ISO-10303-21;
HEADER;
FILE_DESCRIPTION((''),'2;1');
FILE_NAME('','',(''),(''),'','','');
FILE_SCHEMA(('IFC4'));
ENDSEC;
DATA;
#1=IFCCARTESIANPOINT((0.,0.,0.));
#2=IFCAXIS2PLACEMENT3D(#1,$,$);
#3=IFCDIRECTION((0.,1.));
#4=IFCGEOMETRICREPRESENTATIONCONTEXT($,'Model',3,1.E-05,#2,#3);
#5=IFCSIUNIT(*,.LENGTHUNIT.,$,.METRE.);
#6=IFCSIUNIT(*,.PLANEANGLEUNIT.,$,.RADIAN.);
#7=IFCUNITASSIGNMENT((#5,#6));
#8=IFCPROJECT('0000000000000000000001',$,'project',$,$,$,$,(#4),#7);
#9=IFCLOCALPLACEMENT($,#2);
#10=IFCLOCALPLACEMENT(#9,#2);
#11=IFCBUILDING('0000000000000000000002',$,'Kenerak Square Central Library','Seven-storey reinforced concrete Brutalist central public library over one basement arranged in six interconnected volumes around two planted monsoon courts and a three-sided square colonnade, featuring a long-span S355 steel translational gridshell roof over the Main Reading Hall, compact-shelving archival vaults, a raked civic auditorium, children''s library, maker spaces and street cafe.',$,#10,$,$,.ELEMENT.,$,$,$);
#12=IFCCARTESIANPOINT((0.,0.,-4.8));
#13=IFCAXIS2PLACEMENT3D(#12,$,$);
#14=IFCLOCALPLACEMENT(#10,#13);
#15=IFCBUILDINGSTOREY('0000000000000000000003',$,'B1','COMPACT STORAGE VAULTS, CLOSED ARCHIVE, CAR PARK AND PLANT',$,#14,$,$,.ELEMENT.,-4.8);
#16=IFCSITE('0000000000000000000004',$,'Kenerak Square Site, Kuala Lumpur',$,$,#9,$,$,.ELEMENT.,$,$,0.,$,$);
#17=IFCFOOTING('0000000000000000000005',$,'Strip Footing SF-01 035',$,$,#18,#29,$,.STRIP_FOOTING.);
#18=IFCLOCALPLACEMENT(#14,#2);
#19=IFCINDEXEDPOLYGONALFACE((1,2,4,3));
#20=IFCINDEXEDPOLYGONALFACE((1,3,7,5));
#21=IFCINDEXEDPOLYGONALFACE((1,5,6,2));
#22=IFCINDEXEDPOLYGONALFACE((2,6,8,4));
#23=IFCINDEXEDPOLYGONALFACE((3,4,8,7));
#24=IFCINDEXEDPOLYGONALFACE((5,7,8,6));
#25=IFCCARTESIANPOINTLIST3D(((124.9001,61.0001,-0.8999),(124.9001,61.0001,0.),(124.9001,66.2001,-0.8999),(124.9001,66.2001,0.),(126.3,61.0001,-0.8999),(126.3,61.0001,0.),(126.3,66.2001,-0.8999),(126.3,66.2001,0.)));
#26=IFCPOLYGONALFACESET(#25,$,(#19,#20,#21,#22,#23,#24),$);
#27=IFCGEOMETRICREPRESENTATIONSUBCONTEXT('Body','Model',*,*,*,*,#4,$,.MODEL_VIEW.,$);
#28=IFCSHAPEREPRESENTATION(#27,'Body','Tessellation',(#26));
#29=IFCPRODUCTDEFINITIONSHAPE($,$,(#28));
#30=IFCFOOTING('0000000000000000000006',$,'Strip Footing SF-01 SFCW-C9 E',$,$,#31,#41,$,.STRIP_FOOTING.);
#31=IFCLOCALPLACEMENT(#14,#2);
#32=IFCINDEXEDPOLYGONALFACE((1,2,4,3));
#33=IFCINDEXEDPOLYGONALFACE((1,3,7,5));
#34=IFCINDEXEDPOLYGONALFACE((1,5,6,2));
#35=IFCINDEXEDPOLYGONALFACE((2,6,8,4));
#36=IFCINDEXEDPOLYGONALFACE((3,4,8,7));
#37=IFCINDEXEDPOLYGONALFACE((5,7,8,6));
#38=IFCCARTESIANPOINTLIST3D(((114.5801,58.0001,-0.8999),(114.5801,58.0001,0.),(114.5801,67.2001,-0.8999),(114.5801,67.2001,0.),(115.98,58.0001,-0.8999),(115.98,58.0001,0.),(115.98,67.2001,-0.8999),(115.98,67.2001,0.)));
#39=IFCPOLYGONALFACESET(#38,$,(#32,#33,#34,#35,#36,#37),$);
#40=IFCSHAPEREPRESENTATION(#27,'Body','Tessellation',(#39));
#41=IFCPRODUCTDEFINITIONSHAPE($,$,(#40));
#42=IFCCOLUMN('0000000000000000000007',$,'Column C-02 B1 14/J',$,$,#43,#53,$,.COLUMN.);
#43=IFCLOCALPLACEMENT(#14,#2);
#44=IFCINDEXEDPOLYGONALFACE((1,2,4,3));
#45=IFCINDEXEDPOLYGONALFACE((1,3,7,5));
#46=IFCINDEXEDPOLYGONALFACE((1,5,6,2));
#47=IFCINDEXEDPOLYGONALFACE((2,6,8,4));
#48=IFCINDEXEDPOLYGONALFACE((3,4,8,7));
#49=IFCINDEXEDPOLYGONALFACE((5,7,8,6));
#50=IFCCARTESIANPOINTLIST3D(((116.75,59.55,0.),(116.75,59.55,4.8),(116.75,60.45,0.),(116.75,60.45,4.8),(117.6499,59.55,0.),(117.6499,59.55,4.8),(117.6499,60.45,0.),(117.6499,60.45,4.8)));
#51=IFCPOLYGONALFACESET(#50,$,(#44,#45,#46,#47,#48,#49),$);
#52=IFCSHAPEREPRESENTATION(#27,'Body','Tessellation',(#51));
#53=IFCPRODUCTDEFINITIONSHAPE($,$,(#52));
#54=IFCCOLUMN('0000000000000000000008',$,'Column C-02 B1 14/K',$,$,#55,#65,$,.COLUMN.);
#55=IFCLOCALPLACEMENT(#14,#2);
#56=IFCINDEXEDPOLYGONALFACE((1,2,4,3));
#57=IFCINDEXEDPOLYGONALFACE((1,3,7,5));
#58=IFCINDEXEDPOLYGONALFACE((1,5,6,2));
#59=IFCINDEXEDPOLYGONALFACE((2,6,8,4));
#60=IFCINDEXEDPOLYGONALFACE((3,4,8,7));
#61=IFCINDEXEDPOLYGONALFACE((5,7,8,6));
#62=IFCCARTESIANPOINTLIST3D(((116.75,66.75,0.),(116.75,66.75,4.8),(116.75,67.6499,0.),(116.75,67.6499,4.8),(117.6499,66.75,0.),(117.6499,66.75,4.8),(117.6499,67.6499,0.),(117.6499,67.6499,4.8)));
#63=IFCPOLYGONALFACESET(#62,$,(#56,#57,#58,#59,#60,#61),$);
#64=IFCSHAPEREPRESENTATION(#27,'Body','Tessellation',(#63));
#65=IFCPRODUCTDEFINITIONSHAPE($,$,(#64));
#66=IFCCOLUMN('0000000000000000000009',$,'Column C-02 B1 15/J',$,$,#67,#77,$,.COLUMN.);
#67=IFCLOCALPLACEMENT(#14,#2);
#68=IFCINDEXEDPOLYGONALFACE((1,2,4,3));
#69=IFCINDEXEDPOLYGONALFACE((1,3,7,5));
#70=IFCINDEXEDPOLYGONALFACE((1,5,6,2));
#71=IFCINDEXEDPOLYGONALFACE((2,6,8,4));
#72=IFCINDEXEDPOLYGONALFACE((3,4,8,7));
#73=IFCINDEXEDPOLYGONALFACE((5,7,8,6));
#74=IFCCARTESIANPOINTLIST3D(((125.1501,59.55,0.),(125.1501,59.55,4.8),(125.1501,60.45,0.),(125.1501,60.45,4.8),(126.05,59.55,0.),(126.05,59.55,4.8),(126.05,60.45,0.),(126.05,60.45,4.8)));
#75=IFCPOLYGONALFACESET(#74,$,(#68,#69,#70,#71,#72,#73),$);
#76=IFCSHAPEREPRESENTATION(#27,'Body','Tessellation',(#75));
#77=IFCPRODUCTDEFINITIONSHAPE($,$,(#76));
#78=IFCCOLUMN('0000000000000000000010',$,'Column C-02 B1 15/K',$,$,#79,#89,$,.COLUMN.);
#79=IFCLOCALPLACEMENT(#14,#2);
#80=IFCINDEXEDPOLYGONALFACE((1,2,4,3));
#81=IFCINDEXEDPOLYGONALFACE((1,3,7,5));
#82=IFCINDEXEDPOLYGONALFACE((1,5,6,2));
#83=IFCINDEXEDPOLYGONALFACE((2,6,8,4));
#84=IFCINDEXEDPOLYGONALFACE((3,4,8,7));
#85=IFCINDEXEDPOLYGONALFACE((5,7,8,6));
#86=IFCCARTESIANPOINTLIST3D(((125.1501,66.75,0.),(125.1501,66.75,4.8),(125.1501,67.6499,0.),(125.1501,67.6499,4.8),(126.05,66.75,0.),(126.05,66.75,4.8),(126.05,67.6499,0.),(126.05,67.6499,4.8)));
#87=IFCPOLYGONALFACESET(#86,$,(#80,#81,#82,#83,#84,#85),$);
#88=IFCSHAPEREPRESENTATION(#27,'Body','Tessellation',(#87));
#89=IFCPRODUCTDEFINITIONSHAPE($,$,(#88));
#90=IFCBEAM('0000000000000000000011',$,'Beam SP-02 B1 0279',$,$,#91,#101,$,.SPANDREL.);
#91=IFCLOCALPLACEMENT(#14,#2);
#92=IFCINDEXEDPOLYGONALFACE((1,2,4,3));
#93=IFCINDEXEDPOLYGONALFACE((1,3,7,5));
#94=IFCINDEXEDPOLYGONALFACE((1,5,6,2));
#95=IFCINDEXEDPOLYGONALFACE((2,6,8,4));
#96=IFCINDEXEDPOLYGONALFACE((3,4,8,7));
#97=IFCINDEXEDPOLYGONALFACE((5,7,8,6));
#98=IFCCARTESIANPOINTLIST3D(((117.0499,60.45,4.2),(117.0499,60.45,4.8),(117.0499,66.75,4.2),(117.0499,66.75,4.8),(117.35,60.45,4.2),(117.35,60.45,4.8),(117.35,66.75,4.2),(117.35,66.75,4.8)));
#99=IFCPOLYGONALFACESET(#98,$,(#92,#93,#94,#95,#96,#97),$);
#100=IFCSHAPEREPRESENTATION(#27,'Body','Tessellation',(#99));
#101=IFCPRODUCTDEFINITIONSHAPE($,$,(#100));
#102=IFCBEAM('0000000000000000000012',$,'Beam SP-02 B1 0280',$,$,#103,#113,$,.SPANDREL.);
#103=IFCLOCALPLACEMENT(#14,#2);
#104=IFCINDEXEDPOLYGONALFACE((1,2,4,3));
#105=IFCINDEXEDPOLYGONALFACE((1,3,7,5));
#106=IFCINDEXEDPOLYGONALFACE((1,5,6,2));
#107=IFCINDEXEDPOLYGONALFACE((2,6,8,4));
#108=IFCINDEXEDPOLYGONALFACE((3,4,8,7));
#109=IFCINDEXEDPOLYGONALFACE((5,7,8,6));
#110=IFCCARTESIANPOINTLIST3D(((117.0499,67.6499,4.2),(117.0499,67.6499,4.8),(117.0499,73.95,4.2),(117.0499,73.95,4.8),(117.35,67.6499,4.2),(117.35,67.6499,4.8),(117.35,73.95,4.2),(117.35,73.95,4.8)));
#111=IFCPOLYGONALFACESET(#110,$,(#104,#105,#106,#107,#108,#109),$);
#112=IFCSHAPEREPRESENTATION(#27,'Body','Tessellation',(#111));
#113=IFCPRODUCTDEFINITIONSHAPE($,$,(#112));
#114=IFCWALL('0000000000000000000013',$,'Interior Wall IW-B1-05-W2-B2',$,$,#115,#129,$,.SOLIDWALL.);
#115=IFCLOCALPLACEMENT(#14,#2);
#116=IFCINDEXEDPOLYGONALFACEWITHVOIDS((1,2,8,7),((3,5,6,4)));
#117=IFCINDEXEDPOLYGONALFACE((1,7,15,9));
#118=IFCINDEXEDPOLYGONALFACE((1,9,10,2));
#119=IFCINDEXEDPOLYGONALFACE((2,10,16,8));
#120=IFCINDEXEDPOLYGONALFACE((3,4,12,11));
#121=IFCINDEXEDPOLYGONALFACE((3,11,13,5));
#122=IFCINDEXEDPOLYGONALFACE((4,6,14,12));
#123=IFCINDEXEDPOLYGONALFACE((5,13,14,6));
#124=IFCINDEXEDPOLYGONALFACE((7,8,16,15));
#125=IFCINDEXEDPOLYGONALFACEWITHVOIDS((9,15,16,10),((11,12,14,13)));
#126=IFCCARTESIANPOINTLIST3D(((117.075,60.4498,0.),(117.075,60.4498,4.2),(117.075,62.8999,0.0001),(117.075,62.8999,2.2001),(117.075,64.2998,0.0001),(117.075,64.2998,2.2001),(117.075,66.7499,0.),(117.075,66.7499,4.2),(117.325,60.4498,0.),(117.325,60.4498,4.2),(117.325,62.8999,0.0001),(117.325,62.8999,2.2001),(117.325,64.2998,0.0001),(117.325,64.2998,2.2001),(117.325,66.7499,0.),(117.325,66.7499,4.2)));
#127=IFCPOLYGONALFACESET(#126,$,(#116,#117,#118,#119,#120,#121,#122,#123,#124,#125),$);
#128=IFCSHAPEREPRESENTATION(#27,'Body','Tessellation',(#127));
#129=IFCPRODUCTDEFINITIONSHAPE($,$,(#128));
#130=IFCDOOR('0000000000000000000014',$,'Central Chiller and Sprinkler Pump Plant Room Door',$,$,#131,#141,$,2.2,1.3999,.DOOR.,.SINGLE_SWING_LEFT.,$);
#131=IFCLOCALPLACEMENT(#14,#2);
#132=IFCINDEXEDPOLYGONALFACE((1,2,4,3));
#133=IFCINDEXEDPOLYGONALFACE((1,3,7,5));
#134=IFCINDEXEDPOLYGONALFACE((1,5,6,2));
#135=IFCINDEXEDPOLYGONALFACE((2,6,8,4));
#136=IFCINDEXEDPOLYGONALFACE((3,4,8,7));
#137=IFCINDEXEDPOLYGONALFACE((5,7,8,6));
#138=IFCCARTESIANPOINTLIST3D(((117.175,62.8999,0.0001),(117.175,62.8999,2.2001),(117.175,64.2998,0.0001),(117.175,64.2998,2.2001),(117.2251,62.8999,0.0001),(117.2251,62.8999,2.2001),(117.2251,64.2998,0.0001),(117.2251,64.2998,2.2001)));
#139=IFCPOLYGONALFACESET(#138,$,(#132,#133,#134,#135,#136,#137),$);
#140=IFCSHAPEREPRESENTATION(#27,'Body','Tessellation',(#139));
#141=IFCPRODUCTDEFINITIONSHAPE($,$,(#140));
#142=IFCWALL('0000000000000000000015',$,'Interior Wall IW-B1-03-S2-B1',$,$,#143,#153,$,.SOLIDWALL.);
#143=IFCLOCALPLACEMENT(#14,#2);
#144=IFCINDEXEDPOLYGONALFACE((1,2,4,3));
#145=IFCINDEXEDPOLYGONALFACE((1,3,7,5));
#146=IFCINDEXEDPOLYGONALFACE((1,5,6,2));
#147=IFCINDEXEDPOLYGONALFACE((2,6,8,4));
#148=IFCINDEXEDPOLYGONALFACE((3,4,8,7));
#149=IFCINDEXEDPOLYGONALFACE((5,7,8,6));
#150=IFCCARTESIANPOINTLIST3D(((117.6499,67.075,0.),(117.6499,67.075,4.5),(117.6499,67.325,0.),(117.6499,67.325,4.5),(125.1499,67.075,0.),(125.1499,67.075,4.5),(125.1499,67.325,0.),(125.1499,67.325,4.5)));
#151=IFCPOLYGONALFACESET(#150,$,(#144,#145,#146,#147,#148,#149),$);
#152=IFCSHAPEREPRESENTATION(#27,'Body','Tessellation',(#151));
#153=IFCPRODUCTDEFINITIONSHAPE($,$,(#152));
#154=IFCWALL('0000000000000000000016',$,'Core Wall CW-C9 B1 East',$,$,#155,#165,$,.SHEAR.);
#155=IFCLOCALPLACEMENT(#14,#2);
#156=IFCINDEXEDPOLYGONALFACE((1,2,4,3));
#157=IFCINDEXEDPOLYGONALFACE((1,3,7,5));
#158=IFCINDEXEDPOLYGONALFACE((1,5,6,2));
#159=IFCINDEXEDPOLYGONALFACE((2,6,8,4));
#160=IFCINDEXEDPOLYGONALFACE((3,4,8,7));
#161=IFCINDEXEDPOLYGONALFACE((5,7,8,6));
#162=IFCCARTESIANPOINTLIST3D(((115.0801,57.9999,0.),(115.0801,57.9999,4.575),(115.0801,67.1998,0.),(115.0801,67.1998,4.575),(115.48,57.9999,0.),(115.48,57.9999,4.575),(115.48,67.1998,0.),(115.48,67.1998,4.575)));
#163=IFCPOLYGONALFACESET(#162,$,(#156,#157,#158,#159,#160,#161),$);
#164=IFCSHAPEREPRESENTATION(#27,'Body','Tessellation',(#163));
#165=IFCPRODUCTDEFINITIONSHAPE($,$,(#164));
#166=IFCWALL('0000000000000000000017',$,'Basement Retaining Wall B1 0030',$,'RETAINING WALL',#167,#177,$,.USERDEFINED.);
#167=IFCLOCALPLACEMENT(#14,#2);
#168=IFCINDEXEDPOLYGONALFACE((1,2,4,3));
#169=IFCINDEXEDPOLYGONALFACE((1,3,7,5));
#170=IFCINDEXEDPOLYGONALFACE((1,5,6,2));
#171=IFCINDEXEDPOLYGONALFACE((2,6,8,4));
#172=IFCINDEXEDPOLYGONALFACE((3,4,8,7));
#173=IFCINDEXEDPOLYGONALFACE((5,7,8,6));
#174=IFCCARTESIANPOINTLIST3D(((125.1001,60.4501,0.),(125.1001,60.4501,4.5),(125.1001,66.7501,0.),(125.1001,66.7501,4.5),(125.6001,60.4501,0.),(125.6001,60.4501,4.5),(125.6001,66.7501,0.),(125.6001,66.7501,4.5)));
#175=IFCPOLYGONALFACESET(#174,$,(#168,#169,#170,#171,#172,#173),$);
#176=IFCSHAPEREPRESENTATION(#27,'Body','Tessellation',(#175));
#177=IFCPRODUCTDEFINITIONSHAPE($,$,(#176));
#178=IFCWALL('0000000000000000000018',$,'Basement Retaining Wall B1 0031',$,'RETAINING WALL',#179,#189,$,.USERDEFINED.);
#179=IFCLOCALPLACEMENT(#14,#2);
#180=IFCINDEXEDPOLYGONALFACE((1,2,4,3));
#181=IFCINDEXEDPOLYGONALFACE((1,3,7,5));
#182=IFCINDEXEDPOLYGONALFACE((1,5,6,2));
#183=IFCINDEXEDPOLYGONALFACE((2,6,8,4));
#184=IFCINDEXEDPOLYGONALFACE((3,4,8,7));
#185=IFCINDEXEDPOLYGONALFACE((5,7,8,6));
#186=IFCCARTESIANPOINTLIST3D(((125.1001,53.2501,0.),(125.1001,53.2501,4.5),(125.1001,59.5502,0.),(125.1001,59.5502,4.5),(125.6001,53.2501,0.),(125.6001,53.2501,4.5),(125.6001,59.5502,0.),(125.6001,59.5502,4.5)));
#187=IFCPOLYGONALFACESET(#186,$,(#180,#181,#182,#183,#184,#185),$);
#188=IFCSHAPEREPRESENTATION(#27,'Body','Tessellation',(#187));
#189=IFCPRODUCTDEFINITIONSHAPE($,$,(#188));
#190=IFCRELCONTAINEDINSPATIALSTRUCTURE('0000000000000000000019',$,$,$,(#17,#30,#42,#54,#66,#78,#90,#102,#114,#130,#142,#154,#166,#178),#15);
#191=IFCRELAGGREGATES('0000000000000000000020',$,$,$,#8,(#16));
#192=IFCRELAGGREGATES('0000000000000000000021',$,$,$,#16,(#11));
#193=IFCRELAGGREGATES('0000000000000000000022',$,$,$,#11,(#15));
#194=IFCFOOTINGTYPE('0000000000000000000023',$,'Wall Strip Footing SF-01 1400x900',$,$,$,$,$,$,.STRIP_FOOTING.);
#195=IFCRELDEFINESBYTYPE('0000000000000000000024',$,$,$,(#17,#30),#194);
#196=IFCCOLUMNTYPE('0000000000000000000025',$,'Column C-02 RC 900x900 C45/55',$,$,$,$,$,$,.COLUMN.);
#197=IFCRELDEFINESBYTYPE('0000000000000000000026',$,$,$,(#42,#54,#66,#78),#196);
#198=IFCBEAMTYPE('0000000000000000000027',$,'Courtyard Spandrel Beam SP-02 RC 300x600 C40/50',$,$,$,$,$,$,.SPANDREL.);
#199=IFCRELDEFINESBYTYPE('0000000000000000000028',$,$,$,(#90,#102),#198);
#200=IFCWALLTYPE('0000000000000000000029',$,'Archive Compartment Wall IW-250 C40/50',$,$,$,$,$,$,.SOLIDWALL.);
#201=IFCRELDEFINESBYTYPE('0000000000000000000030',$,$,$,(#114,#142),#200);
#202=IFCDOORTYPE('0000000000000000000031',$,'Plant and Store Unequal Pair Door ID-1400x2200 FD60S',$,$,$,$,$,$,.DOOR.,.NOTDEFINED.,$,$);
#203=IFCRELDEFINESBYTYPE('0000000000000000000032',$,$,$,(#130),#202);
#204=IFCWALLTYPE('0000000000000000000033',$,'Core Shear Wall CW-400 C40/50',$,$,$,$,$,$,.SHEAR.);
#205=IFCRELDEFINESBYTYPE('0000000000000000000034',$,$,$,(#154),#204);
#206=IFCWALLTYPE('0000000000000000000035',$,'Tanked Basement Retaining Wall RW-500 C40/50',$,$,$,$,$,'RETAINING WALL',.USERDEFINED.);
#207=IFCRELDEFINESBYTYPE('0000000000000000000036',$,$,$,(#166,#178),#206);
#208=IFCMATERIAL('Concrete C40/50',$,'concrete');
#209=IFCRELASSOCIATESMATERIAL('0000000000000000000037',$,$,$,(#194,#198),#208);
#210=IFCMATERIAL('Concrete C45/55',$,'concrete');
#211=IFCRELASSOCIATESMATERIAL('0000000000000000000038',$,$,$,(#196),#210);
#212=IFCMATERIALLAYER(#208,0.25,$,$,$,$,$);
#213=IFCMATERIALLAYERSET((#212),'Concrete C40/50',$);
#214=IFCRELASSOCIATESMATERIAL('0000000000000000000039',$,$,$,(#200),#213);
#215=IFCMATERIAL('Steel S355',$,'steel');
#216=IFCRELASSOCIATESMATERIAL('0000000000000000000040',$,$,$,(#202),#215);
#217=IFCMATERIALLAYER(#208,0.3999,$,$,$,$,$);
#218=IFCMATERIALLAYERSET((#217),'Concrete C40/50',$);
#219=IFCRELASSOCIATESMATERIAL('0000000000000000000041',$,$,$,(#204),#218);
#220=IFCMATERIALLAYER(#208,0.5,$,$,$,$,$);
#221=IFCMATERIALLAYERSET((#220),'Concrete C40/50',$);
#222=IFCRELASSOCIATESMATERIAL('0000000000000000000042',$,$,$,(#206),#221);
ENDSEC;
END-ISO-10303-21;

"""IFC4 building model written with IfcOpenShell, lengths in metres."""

from ifc_helpers import new_model, si_unit, direction, frame, frame_2d, origin, origin_2d, place, context, subcontext, project, spatial, rectangle, extrude, material, layer, layer_set, material_profile, profile_set, type_object, element, fill, save


model = new_model("IFC4")

# Units and contexts
model_context = context("Model", 3, precision=1e-05, world=origin(), true_north=direction((0.0, 1.0)))
body_context = subcontext(model_context, "Body", "Model", "MODEL_VIEW")
ifc_project = project(units=[si_unit("LENGTHUNIT", "METRE"), si_unit("PLANEANGLEUNIT", "RADIAN")], contexts=[model_context])

# Site, building, storey
site_placement = place(None, origin())
site = spatial("IfcSite", under=ifc_project, at=site_placement, Name="Kenerak Square Site, Kuala Lumpur", CompositionType="ELEMENT", RefElevation=0.0)
building_placement = place(site_placement, origin())
building = spatial("IfcBuilding", under=site, at=building_placement, Name="Kenerak Square Central Library", Description="Seven-storey reinforced concrete Brutalist central public library over one basement arranged in six interconnected volumes around two planted monsoon courts and a three-sided square colonnade, featuring a long-span S355 steel translational gridshell roof over the Main Reading Hall, compact-shelving archival vaults, a raked civic auditorium, children's library, maker spaces and street cafe.", CompositionType="ELEMENT")
storey_placement = place(building_placement, frame((0.0, 0.0, -4.8)))
storey = spatial("IfcBuildingStorey", under=building, at=storey_placement, Name="B1", Description="COMPACT STORAGE VAULTS, CLOSED ARCHIVE, CAR PARK AND PLANT", CompositionType="ELEMENT", Elevation=-4.8)

# Shared definitions
ifc_material_1 = material(Name="Concrete C40/50", Category="concrete")

# Footings
footing_type_1 = type_object("IfcFootingType", Name="Wall Strip Footing SF-01 1400x900", PredefinedType="STRIP_FOOTING", material=ifc_material_1)
footing_1_placement = place(storey_placement, frame((125.6001, 63.6001, -0.8999), z_axis=(0.0, 0.0, 1.0), x_axis=(1.0, 0.0, 0.0)))
element("IfcFooting", 1, at=footing_1_placement, inside=storey, type_object=footing_type_1, Name="Strip Footing SF-01 035", PredefinedType="STRIP_FOOTING", context=body_context, shape_type="SweptSolid", body=[
    extrude(rectangle(XDim=1.3999, YDim=5.2, at=origin_2d()), origin(), (0.0, 0.0, 1.0), 0.8999),
])
footing_2_placement = place(storey_placement, frame((115.28, 62.6001, -0.8999), z_axis=(0.0, 0.0, 1.0), x_axis=(1.0, 0.0, 0.0)))
element("IfcFooting", 2, at=footing_2_placement, inside=storey, type_object=footing_type_1, Name="Strip Footing SF-01 SFCW-C9 E", PredefinedType="STRIP_FOOTING", context=body_context, shape_type="SweptSolid", body=[
    extrude(rectangle(XDim=1.3999, YDim=9.2, at=origin_2d()), origin(), (0.0, 0.0, 1.0), 0.8999),
])

# Columns
ifc_material_2 = material(Name="Concrete C45/55", Category="concrete")
ifc_material_profile_1 = material_profile(ifc_material_2, rectangle(XDim=0.8999, YDim=0.8999, at=origin_2d()), Name="RC 900x900")
ifc_profile_set_1 = profile_set([ifc_material_profile_1], Name="Concrete C45/55")
column_type = type_object("IfcColumnType", Name="Column C-02 RC 900x900 C45/55", PredefinedType="COLUMN", material=ifc_profile_set_1)
for number, where, z_axis, x_axis, name in (
    (3, (117.2, 60.0, 0.0), (0.0, 0.0, 1.0), (1.0, 0.0, 0.0), "Column C-02 B1 14/J"),
    (4, (117.2, 67.2, 0.0), (0.0, 0.0, 1.0), (1.0, 0.0, 0.0), "Column C-02 B1 14/K"),
    (5, (125.6001, 60.0, 0.0), (0.0, 0.0, 1.0), (1.0, 0.0, 0.0), "Column C-02 B1 15/J"),
    (6, (125.6001, 67.2, 0.0), (0.0, 0.0, 1.0), (1.0, 0.0, 0.0), "Column C-02 B1 15/K"),
):
    element("IfcColumn", number, at=place(storey_placement, frame(where, z_axis=z_axis, x_axis=x_axis)), inside=storey, type_object=column_type, Name=name, PredefinedType="COLUMN", context=body_context, shape_type="SweptSolid", body=[
        extrude(rectangle(XDim=0.8999, YDim=0.8999, at=origin_2d()), origin(), (0.0, 0.0, 1.0), 4.8),
    ])

# Beams
ifc_material_profile_2 = material_profile(ifc_material_1, rectangle(XDim=0.3, YDim=0.6001, at=origin_2d()), Name="RC 300x600")
ifc_profile_set_2 = profile_set([ifc_material_profile_2], Name="Concrete C40/50")
beam_type = type_object("IfcBeamType", Name="Courtyard Spandrel Beam SP-02 RC 300x600 C40/50", PredefinedType="SPANDREL", material=ifc_profile_set_2)
for number, where, z_axis, x_axis, name in (
    (7, (117.2, 60.45, 4.5), (0.0, 1.0, 0.0), (-1.0, 0.0, 0.0), "Beam SP-02 B1 0279"),
    (8, (117.2, 67.6499, 4.5), (0.0, 1.0, 0.0), (-1.0, 0.0, 0.0), "Beam SP-02 B1 0280"),
):
    element("IfcBeam", number, at=place(storey_placement, frame(where, z_axis=z_axis, x_axis=x_axis)), inside=storey, type_object=beam_type, Name=name, PredefinedType="SPANDREL", context=body_context, shape_type="SweptSolid", body=[
        extrude(rectangle(XDim=0.3, YDim=0.6001, at=origin_2d()), origin(), (0.0, 0.0, 1.0), 6.3),
    ])

# Wall, opening, door
ifc_layer_1 = layer(ifc_material_1, 0.25)
ifc_layer_set_1 = layer_set([ifc_layer_1], Name="Concrete C40/50")
wall_type_1 = type_object("IfcWallType", Name="Archive Compartment Wall IW-250 C40/50", PredefinedType="SOLIDWALL", material=ifc_layer_set_1)
wall_1_placement = place(storey_placement, frame((117.2, 60.45, 0.0), z_axis=(0.0, 0.0, 1.0), x_axis=(0.0, 1.0, 0.0)))
wall_1 = element("IfcWall", 9, at=wall_1_placement, inside=storey, type_object=wall_type_1, Name="Interior Wall IW-B1-05-W2-B2", PredefinedType="SOLIDWALL", context=body_context, shape_type="SweptSolid", body=[
    extrude(rectangle(XDim=6.3, YDim=0.25, at=frame_2d((3.1499, 0.0))), origin(), (0.0, 0.0, 1.0), 4.2),
])
opening_placement = place(wall_1_placement, frame((2.45, 0.0, 0.0)))
opening = element("IfcOpeningElement", 10, at=opening_placement, cuts=wall_1, PredefinedType="OPENING", context=body_context, shape_type="SweptSolid", body=[
    extrude(rectangle(XDim=1.3999, YDim=2.2, at=frame_2d((0.7, 1.1001))), frame((0.0, 0.135, 0.0), z_axis=(0.0, -1.0, 0.0), x_axis=(1.0, 0.0, 0.0)), (0.0, 0.0, 1.0), 0.27),
])
ifc_material_3 = material(Name="Steel S355", Category="steel")
door_type = type_object("IfcDoorType", Name="Plant and Store Unequal Pair Door ID-1400x2200 FD60S", OperationType="NOTDEFINED", PredefinedType="DOOR", material=ifc_material_3)
door_placement = place(opening_placement, origin())
door = element("IfcDoor", 11, at=door_placement, inside=storey, type_object=door_type, Name="Central Chiller and Sprinkler Pump Plant Room Door", OperationType="SINGLE_SWING_LEFT", OverallHeight=2.2, OverallWidth=1.3999, PredefinedType="DOOR", context=body_context, shape_type="SweptSolid", body=[
    extrude(rectangle(XDim=1.3999, YDim=2.2, at=frame_2d((0.7, 1.1001))), frame((0.0, 0.0249, 0.0), z_axis=(0.0, -1.0, 0.0), x_axis=(1.0, 0.0, 0.0)), (0.0, 0.0, 1.0), 0.05),
])
fill(opening, door)

# Walls
wall_2_placement = place(storey_placement, frame((125.1499, 67.2, 0.0), z_axis=(0.0, 0.0, 1.0), x_axis=(-1.0, 0.0, 0.0)))
element("IfcWall", 12, at=wall_2_placement, inside=storey, type_object=wall_type_1, Name="Interior Wall IW-B1-03-S2-B1", PredefinedType="SOLIDWALL", context=body_context, shape_type="SweptSolid", body=[
    extrude(rectangle(XDim=7.5, YDim=0.25, at=frame_2d((3.75, 0.0))), origin(), (0.0, 0.0, 1.0), 4.5),
])
ifc_layer_2 = layer(ifc_material_1, 0.3999)
ifc_layer_set_2 = layer_set([ifc_layer_2], Name="Concrete C40/50")
wall_type_2 = type_object("IfcWallType", Name="Core Shear Wall CW-400 C40/50", PredefinedType="SHEAR", material=ifc_layer_set_2)
wall_3_placement = place(storey_placement, frame((115.28, 67.2, 0.0), z_axis=(0.0, 0.0, 1.0), x_axis=(0.0, -1.0, 0.0)))
element("IfcWall", 13, at=wall_3_placement, inside=storey, type_object=wall_type_2, Name="Core Wall CW-C9 B1 East", PredefinedType="SHEAR", context=body_context, shape_type="SweptSolid", body=[
    extrude(rectangle(XDim=9.2, YDim=0.3999, at=frame_2d((4.6001, 0.0))), origin(), (0.0, 0.0, 1.0), 4.575),
])
ifc_layer_3 = layer(ifc_material_1, 0.5)
ifc_layer_set_3 = layer_set([ifc_layer_3], Name="Concrete C40/50")
wall_type_3 = type_object("IfcWallType", Name="Tanked Basement Retaining Wall RW-500 C40/50", ElementType="RETAINING WALL", PredefinedType="USERDEFINED", material=ifc_layer_set_3)
for number, where, z_axis, x_axis, name in (
    (14, (125.3501, 66.75, 0.0), (0.0, 0.0, 1.0), (0.0, -1.0, 0.0), "Basement Retaining Wall B1 0030"),
    (15, (125.3501, 59.55, 0.0), (0.0, 0.0, 1.0), (0.0, -1.0, 0.0), "Basement Retaining Wall B1 0031"),
):
    element("IfcWall", number, at=place(storey_placement, frame(where, z_axis=z_axis, x_axis=x_axis)), inside=storey, type_object=wall_type_3, Name=name, ObjectType="RETAINING WALL", PredefinedType="USERDEFINED", context=body_context, shape_type="SweptSolid", body=[
        extrude(rectangle(XDim=6.3, YDim=0.5, at=frame_2d((3.1499, 0.0))), origin(), (0.0, 0.0, 1.0), 4.5),
    ])

save(model, "model.ifc")
